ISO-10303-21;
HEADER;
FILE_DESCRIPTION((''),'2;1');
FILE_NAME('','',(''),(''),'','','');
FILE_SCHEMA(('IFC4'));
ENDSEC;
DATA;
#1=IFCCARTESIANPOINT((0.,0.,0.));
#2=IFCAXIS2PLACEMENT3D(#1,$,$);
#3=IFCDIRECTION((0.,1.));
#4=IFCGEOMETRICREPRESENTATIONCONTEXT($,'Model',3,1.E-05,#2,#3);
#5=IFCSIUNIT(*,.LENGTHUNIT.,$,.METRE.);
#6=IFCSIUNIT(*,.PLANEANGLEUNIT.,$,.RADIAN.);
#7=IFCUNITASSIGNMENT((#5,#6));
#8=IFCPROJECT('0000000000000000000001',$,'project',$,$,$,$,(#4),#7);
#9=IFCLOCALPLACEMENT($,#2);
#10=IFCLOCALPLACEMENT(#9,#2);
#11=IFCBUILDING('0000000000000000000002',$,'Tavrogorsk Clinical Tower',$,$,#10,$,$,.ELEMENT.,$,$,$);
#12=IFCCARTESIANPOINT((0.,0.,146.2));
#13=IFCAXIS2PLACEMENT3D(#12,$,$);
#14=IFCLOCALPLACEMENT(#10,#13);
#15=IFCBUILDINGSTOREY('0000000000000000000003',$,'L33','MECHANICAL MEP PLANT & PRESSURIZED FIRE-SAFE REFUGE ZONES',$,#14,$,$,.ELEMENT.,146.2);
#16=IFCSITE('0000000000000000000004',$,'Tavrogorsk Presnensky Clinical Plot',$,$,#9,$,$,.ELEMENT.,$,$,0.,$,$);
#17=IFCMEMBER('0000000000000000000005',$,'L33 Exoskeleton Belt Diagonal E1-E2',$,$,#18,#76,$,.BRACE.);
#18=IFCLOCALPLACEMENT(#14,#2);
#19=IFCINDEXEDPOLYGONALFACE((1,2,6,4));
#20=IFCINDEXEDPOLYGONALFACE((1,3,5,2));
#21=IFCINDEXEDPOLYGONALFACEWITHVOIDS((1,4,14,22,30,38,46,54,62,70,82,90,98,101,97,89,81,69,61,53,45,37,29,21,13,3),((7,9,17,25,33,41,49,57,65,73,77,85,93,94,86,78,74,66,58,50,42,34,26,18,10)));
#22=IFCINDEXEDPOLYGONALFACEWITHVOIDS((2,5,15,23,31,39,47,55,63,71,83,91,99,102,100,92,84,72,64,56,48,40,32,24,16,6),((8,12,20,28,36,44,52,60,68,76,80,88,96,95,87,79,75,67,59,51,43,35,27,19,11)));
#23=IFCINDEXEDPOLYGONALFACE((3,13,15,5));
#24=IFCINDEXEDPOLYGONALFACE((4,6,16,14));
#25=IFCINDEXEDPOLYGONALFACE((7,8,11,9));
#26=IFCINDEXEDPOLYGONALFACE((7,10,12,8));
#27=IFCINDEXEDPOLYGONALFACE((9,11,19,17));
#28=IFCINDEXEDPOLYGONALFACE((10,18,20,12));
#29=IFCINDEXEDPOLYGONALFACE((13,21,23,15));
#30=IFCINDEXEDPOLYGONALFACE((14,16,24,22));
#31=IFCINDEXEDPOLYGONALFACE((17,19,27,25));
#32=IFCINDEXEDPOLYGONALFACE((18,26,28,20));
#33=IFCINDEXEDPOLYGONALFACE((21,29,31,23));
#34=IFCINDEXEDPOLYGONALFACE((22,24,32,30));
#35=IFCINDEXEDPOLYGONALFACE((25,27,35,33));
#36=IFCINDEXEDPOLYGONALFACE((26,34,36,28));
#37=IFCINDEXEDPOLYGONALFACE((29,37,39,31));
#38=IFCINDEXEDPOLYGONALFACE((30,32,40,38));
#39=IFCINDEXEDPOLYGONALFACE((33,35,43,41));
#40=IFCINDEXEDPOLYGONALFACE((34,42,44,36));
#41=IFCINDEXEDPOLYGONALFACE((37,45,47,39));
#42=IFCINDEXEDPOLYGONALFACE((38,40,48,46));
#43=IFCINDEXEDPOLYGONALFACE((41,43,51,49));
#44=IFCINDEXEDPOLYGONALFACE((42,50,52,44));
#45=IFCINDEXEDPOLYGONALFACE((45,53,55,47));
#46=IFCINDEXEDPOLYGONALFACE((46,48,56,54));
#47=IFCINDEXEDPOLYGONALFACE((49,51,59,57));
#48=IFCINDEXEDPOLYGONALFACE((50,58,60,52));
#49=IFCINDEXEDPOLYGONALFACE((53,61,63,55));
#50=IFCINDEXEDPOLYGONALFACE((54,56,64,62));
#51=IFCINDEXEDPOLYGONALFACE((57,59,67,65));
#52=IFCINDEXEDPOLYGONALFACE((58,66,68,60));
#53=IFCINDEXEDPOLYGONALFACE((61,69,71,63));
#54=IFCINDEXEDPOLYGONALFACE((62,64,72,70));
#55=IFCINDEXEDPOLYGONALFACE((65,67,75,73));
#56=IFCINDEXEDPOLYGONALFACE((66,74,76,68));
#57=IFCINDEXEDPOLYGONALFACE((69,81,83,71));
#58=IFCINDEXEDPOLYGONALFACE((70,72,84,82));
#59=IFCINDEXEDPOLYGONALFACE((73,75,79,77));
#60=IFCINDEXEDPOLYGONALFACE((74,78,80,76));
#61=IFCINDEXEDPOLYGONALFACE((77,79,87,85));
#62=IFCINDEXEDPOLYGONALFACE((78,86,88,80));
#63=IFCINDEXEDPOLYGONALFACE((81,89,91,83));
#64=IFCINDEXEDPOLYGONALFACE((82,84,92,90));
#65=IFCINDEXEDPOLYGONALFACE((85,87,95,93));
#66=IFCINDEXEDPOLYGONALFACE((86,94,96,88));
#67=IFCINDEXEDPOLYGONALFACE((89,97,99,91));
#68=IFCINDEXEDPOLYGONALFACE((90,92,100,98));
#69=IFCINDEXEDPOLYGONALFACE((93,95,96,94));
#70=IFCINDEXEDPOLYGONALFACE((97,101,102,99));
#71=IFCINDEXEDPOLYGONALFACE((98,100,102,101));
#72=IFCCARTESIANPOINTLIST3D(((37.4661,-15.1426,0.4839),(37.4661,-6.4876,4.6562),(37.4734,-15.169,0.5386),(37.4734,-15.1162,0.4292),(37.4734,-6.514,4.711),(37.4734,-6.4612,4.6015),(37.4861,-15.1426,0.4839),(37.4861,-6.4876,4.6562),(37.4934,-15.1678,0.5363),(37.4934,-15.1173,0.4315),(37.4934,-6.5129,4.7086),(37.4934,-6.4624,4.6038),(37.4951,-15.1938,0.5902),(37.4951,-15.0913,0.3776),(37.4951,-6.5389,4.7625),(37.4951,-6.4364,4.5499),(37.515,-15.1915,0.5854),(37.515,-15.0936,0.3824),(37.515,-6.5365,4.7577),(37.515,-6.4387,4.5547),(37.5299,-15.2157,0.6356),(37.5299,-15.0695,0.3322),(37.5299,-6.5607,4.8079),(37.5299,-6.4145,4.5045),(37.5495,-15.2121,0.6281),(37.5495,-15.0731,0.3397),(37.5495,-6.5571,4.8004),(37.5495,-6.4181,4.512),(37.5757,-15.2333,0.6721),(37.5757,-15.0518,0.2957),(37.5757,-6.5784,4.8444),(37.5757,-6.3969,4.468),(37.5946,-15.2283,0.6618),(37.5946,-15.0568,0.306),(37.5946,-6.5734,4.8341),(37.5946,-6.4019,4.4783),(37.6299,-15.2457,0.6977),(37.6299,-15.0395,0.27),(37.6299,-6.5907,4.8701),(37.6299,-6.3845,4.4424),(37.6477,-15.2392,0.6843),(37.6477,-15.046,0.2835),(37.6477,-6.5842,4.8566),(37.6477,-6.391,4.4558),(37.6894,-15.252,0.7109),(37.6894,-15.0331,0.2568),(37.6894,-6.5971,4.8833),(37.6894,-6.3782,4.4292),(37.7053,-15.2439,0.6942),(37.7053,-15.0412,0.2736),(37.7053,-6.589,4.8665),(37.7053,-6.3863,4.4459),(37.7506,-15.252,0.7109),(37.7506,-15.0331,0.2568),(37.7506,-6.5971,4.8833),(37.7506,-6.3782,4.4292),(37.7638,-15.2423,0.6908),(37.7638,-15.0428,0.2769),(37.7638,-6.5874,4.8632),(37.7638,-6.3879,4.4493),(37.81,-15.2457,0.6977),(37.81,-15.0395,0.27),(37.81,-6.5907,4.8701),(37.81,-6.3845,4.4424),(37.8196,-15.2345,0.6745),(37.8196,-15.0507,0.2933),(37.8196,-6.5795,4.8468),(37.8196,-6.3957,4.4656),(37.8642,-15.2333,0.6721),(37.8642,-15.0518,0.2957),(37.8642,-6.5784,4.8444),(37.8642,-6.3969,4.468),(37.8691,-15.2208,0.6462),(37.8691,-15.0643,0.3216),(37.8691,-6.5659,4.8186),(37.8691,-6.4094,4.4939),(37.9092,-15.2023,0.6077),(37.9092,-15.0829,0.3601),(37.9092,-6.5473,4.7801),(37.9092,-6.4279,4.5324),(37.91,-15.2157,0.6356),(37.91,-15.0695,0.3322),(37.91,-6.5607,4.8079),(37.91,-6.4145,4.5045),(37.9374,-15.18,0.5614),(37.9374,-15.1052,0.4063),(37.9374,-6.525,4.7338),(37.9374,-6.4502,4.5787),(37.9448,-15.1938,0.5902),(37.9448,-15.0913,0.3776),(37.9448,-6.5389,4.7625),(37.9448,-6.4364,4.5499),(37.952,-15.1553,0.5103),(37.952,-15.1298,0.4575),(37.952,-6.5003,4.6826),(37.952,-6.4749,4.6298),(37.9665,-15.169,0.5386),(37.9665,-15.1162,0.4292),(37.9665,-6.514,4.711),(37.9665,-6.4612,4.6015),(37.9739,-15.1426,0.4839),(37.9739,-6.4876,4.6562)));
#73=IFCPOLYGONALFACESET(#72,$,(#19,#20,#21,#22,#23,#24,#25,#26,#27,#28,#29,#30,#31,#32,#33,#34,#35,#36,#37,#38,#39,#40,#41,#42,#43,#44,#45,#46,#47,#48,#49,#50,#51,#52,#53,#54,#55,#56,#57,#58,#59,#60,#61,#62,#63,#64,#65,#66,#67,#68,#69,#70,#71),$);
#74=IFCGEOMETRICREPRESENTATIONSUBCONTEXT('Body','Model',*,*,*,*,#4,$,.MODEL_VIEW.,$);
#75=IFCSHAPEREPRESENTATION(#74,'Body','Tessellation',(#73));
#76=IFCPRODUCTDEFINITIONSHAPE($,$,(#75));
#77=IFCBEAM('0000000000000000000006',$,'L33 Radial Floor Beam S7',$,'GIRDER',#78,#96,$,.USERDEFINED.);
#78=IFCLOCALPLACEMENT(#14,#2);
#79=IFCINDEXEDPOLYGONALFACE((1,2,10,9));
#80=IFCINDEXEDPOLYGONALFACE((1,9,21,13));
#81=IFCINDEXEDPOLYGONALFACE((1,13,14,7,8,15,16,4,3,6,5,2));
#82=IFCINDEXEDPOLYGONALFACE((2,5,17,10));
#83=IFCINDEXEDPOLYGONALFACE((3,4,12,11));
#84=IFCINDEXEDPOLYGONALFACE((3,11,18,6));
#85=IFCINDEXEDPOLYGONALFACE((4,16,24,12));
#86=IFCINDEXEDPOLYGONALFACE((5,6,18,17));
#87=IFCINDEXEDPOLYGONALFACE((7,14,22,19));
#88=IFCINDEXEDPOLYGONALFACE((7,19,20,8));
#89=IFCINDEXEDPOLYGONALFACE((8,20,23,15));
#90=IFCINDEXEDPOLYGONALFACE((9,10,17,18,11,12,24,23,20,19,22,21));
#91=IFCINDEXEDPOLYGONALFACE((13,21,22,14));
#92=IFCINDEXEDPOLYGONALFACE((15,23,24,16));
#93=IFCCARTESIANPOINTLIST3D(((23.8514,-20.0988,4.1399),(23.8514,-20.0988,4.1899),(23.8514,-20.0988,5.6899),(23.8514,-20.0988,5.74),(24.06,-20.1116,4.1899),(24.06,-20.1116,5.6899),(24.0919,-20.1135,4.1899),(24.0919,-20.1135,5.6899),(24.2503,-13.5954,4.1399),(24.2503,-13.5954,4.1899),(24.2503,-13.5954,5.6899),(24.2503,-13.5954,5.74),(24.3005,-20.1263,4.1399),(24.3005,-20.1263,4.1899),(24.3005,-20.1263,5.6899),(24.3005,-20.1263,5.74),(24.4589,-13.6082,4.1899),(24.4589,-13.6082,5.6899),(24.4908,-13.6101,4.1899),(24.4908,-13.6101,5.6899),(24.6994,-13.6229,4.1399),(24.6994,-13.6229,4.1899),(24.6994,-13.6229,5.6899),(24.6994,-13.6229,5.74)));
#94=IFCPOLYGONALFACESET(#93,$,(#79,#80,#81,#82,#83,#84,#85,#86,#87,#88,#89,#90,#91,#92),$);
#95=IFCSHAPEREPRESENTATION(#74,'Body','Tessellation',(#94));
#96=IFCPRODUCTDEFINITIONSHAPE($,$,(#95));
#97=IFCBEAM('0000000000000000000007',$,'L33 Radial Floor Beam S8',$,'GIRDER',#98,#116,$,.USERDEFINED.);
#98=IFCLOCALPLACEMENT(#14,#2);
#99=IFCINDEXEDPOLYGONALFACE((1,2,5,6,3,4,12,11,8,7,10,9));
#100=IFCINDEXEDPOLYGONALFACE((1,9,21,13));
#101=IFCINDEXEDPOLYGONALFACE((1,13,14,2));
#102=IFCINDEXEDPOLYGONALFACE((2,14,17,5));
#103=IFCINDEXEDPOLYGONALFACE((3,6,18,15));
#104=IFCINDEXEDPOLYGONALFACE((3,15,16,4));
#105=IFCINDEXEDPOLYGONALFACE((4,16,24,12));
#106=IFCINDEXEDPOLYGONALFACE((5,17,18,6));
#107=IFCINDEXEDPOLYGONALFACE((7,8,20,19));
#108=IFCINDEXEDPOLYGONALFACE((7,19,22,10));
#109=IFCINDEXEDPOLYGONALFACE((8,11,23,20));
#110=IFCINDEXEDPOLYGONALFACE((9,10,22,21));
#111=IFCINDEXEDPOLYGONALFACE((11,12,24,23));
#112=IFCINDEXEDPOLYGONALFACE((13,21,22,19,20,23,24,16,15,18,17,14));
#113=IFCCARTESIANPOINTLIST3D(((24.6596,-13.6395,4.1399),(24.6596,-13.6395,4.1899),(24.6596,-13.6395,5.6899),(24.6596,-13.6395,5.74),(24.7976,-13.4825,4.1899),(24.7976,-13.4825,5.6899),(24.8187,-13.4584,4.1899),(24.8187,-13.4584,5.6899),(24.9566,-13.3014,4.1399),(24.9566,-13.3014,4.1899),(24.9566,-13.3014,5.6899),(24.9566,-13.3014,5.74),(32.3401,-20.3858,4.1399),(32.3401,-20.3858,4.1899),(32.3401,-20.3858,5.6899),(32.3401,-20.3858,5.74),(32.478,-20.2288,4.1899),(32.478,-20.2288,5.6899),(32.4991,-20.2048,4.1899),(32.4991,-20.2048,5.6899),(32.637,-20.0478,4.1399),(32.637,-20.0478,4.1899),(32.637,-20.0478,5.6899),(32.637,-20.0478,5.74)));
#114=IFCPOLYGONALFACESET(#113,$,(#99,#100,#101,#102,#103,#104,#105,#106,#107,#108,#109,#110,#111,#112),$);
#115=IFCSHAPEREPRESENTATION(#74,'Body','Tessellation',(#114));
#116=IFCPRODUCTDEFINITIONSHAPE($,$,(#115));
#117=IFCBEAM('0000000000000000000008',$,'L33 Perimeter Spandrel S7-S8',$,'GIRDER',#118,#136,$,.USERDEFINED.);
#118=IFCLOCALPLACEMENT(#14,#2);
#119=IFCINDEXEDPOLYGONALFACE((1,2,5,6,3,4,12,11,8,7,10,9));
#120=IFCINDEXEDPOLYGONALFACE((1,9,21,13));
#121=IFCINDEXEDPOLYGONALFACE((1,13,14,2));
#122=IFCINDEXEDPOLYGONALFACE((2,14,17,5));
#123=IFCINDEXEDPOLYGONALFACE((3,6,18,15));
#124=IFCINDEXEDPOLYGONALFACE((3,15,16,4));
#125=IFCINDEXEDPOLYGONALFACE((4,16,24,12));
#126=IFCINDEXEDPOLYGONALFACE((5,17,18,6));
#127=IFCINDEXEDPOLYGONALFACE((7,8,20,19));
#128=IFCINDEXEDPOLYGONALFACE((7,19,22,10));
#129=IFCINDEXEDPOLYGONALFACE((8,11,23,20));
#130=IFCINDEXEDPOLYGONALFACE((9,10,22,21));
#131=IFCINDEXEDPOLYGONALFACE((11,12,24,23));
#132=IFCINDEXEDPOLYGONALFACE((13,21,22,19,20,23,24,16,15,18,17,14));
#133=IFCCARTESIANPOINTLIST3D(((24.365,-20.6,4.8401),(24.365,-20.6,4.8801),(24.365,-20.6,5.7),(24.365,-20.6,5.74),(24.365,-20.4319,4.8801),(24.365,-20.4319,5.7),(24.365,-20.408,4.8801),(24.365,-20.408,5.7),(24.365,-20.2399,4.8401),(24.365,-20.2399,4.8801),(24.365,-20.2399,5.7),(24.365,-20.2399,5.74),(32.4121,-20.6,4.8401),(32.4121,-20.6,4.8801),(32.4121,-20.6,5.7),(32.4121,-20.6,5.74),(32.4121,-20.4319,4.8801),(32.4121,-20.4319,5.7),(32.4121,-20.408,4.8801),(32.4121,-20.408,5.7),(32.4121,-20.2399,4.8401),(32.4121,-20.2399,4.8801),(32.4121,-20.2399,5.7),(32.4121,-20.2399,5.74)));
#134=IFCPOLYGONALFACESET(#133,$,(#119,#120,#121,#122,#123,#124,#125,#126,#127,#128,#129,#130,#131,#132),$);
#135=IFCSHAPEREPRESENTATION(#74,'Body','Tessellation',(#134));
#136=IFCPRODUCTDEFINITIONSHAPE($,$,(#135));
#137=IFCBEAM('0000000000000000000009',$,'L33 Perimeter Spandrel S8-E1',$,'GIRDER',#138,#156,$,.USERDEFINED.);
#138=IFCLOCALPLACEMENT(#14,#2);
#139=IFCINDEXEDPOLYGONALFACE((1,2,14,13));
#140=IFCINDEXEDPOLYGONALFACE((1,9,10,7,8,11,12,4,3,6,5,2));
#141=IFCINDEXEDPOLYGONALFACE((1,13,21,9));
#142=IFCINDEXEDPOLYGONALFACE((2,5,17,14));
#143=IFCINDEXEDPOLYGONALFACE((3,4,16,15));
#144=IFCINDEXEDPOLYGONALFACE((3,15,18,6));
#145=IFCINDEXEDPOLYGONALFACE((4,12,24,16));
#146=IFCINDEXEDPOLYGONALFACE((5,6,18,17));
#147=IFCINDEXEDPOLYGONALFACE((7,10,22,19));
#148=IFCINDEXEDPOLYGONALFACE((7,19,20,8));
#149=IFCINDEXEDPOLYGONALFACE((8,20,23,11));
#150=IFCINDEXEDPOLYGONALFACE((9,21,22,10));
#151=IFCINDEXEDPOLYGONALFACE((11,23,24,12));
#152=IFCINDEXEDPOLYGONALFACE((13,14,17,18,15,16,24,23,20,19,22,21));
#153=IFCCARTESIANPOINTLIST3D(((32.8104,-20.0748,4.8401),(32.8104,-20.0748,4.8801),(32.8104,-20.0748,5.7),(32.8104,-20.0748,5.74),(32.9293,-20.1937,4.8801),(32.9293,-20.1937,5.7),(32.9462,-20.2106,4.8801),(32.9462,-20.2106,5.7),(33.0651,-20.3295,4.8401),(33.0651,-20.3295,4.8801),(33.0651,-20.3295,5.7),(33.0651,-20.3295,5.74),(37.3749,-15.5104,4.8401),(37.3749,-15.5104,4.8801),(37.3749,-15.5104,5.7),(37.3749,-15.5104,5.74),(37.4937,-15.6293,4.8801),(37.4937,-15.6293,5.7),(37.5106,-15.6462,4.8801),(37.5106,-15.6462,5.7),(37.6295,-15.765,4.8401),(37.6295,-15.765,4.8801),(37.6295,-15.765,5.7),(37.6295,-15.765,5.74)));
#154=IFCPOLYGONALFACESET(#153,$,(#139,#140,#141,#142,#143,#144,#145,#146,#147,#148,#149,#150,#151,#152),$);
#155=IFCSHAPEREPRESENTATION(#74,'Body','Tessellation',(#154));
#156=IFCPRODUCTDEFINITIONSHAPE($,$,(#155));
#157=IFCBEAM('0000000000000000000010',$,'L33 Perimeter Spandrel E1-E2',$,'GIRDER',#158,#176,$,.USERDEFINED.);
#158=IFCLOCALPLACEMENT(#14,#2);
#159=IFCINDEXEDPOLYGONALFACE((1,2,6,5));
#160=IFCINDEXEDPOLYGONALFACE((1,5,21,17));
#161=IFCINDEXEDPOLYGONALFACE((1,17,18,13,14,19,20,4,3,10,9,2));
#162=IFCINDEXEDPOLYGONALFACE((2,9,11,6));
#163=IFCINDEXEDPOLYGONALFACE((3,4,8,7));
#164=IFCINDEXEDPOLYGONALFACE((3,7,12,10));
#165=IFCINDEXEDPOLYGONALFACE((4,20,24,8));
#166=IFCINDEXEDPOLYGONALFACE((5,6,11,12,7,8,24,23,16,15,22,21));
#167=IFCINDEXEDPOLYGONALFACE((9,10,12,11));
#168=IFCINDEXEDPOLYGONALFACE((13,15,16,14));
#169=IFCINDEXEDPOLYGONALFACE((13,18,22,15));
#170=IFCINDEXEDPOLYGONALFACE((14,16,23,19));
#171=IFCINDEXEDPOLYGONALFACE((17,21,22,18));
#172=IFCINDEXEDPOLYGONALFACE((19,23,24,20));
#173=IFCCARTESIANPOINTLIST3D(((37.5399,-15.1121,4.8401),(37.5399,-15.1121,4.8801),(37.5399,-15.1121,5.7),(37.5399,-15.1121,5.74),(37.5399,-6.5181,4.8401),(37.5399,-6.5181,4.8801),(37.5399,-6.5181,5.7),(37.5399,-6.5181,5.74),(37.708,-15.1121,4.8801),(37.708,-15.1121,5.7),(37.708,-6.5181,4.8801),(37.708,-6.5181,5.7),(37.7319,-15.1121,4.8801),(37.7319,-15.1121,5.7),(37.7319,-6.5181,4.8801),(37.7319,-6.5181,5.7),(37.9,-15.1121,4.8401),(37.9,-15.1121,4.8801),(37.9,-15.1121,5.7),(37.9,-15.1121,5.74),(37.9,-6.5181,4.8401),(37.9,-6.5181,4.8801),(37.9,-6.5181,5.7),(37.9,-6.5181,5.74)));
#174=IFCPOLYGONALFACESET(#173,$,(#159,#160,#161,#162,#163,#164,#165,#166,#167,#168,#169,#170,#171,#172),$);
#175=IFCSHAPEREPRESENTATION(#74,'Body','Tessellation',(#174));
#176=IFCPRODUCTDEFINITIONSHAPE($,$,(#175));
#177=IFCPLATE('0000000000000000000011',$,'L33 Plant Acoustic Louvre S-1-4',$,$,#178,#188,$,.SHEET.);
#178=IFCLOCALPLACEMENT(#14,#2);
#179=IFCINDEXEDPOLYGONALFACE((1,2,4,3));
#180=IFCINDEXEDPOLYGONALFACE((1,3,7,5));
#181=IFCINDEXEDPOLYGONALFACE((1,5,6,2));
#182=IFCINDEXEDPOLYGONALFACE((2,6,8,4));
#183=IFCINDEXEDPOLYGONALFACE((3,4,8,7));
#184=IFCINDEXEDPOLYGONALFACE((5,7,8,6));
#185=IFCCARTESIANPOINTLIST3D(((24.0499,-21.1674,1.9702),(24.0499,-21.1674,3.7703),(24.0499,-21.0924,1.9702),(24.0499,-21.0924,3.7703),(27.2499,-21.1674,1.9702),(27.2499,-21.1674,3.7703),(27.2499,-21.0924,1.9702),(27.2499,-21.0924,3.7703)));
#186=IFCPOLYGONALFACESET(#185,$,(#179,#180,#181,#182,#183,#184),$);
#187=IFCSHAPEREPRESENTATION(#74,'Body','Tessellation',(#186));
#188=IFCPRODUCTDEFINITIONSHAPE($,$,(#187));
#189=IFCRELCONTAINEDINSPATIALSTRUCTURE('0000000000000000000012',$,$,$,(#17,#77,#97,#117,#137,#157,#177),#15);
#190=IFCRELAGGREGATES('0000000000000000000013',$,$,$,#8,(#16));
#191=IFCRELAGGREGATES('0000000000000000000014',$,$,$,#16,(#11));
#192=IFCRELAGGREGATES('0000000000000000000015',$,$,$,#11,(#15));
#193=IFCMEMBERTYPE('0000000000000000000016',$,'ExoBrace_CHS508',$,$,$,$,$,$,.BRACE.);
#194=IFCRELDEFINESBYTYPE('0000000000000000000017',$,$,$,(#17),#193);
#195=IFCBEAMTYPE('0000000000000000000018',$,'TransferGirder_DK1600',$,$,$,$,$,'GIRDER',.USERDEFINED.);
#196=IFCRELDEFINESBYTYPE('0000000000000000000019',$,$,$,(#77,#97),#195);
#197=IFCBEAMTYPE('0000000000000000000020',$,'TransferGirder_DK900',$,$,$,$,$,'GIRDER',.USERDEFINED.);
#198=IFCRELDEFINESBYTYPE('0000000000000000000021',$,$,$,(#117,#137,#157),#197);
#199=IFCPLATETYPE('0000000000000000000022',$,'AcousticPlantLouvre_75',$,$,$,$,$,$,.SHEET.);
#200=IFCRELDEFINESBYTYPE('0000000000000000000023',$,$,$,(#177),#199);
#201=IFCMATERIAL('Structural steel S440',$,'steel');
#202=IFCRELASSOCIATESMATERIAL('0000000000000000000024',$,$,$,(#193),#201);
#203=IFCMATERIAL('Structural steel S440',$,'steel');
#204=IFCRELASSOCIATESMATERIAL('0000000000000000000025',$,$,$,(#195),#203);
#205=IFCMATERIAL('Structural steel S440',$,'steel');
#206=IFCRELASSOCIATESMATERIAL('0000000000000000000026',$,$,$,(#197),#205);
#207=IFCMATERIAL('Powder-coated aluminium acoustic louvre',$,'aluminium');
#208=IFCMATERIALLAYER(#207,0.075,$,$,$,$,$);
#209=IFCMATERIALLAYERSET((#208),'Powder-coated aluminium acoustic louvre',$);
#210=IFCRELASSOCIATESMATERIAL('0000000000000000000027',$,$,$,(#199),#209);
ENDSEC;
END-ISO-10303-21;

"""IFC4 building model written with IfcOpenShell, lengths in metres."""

from ifc_helpers import new_model, si_unit, direction, frame, origin, origin_2d, place, context, subcontext, project, spatial, rectangle, hollow_circle, i_section, extrude, material, layer, layer_set, material_profile, profile_set, type_object, element, save


model = new_model("IFC4")

# Units and contexts
model_context = context("Model", 3, precision=1e-05, world=origin(), true_north=direction((0.0, 1.0)))
body_context = subcontext(model_context, "Body", "Model", "MODEL_VIEW")
ifc_project = project(units=[si_unit("LENGTHUNIT", "METRE"), si_unit("PLANEANGLEUNIT", "RADIAN")], contexts=[model_context])

# Site, building, storey
site_placement = place(None, origin())
site = spatial("IfcSite", under=ifc_project, at=site_placement, Name="Tavrogorsk Presnensky Clinical Plot", CompositionType="ELEMENT", RefElevation=0.0)
building_placement = place(site_placement, origin())
building = spatial("IfcBuilding", under=site, at=building_placement, Name="Tavrogorsk Clinical Tower", CompositionType="ELEMENT")
storey_placement = place(building_placement, frame((0.0, 0.0, 146.2)))
storey = spatial("IfcBuildingStorey", under=building, at=storey_placement, Name="L33", Description="MECHANICAL MEP PLANT & PRESSURIZED FIRE-SAFE REFUGE ZONES", CompositionType="ELEMENT", Elevation=146.2)

# Member
ifc_material_1 = material(Name="Structural steel S440", Category="steel")
ifc_material_profile_1 = material_profile(ifc_material_1, hollow_circle(Radius=0.2539, WallThickness=0.02, at=origin_2d()), Name="CHS-508x20")
ifc_profile_set_1 = profile_set([ifc_material_profile_1], Name="Structural steel S440")
member_type = type_object("IfcMemberType", Name="ExoBrace_CHS508", PredefinedType="BRACE", material=ifc_profile_set_1)
member_1_placement = place(storey_placement, frame((37.72, -15.1426, 0.4839), z_axis=(0.0, 0.900793, 0.434249), x_axis=(-1.0, 0.0, 0.0)))
element("IfcMember", 1, at=member_1_placement, inside=storey, type_object=member_type, Name="L33 Exoskeleton Belt Diagonal E1-E2", PredefinedType="BRACE", context=body_context, shape_type="SweptSolid", body=[
    extrude(hollow_circle(Radius=0.2539, WallThickness=0.02, at=origin_2d()), origin(), (0.0, 0.0, 1.0), 9.6082),
])

# Beams
ifc_material_2 = material(Name="Structural steel S440", Category="steel")
ifc_material_profile_2 = material_profile(ifc_material_2, i_section(OverallWidth=0.45, OverallDepth=1.6001, WebThickness=0.032, FlangeThickness=0.05, at=origin_2d()), Name="DK-1600x450x32x50")
ifc_profile_set_2 = profile_set([ifc_material_profile_2], Name="Structural steel S440")
beam_type_1 = type_object("IfcBeamType", Name="TransferGirder_DK1600", ElementType="GIRDER", PredefinedType="USERDEFINED", material=ifc_profile_set_2)
beam_1_placement = place(storey_placement, frame((24.4749, -13.6091, 4.9399), z_axis=(-0.061226, -0.998124, 0.0), x_axis=(0.998124, -0.061226, 0.0)))
element("IfcBeam", 2, at=beam_1_placement, inside=storey, type_object=beam_type_1, Name="L33 Radial Floor Beam S7", ObjectType="GIRDER", PredefinedType="USERDEFINED", context=body_context, shape_type="SweptSolid", body=[
    extrude(i_section(OverallWidth=0.45, OverallDepth=1.6001, WebThickness=0.032, FlangeThickness=0.05, at=origin_2d()), origin(), (0.0, 0.0, 1.0), 6.5156),
])
beam_2_placement = place(storey_placement, frame((24.8081, -13.4705, 4.9399), z_axis=(0.751316, -0.659942, 0.0), x_axis=(0.659942, 0.751316, 0.0)))
element("IfcBeam", 3, at=beam_2_placement, inside=storey, type_object=beam_type_1, Name="L33 Radial Floor Beam S8", ObjectType="GIRDER", PredefinedType="USERDEFINED", context=body_context, shape_type="SweptSolid", body=[
    extrude(i_section(OverallWidth=0.45, OverallDepth=1.6001, WebThickness=0.032, FlangeThickness=0.05, at=origin_2d()), origin(), (0.0, 0.0, 1.0), 10.2227),
])
ifc_material_3 = material(Name="Structural steel S440", Category="steel")
ifc_material_profile_3 = material_profile(ifc_material_3, i_section(OverallWidth=0.3601, OverallDepth=0.8999, WebThickness=0.0239, FlangeThickness=0.04, at=origin_2d()), Name="DK-900x360x24x40")
ifc_profile_set_3 = profile_set([ifc_material_profile_3], Name="Structural steel S440")
beam_type_2 = type_object("IfcBeamType", Name="TransferGirder_DK900", ElementType="GIRDER", PredefinedType="USERDEFINED", material=ifc_profile_set_3)
beam_3_placement = place(storey_placement, frame((24.365, -20.4199, 5.29), z_axis=(1.0, 0.0, 0.0), x_axis=(0.0, 1.0, 0.0)))
element("IfcBeam", 4, at=beam_3_placement, inside=storey, type_object=beam_type_2, Name="L33 Perimeter Spandrel S7-S8", ObjectType="GIRDER", PredefinedType="USERDEFINED", context=body_context, shape_type="SweptSolid", body=[
    extrude(i_section(OverallWidth=0.3601, OverallDepth=0.8999, WebThickness=0.0239, FlangeThickness=0.04, at=origin_2d()), origin(), (0.0, 0.0, 1.0), 8.0471),
])
beam_4_placement = place(storey_placement, frame((32.9377, -20.2021, 5.29), z_axis=(0.707107, 0.707107, 0.0), x_axis=(-0.707107, 0.707107, 0.0)))
element("IfcBeam", 5, at=beam_4_placement, inside=storey, type_object=beam_type_2, Name="L33 Perimeter Spandrel S8-E1", ObjectType="GIRDER", PredefinedType="USERDEFINED", context=body_context, shape_type="SweptSolid", body=[
    extrude(i_section(OverallWidth=0.3601, OverallDepth=0.8999, WebThickness=0.0239, FlangeThickness=0.04, at=origin_2d()), origin(), (0.0, 0.0, 1.0), 6.4551),
])
beam_5_placement = place(storey_placement, frame((37.72, -15.1121, 5.29), z_axis=(0.0, 1.0, 0.0), x_axis=(-1.0, 0.0, 0.0)))
element("IfcBeam", 6, at=beam_5_placement, inside=storey, type_object=beam_type_2, Name="L33 Perimeter Spandrel E1-E2", ObjectType="GIRDER", PredefinedType="USERDEFINED", context=body_context, shape_type="SweptSolid", body=[
    extrude(i_section(OverallWidth=0.3601, OverallDepth=0.8999, WebThickness=0.0239, FlangeThickness=0.04, at=origin_2d()), origin(), (0.0, 0.0, 1.0), 8.594),
])

# Plate
ifc_material_4 = material(Name="Powder-coated aluminium acoustic louvre", Category="aluminium")
ifc_layer_1 = layer(ifc_material_4, 0.075)
ifc_layer_set_1 = layer_set([ifc_layer_1], Name="Powder-coated aluminium acoustic louvre")
plate_type = type_object("IfcPlateType", Name="AcousticPlantLouvre_75", PredefinedType="SHEET", material=ifc_layer_set_1)
plate_placement = place(storey_placement, frame((25.6499, -21.1299, 1.9702), z_axis=(0.0, 0.0, 1.0), x_axis=(1.0, 0.0, 0.0)))
element("IfcPlate", 7, at=plate_placement, inside=storey, type_object=plate_type, Name="L33 Plant Acoustic Louvre S-1-4", PredefinedType="SHEET", context=body_context, shape_type="SweptSolid", body=[
    extrude(rectangle(XDim=3.2, YDim=0.075, at=origin_2d()), origin(), (0.0, 0.0, 1.0), 1.8),
])

save(model, "model.ifc")
